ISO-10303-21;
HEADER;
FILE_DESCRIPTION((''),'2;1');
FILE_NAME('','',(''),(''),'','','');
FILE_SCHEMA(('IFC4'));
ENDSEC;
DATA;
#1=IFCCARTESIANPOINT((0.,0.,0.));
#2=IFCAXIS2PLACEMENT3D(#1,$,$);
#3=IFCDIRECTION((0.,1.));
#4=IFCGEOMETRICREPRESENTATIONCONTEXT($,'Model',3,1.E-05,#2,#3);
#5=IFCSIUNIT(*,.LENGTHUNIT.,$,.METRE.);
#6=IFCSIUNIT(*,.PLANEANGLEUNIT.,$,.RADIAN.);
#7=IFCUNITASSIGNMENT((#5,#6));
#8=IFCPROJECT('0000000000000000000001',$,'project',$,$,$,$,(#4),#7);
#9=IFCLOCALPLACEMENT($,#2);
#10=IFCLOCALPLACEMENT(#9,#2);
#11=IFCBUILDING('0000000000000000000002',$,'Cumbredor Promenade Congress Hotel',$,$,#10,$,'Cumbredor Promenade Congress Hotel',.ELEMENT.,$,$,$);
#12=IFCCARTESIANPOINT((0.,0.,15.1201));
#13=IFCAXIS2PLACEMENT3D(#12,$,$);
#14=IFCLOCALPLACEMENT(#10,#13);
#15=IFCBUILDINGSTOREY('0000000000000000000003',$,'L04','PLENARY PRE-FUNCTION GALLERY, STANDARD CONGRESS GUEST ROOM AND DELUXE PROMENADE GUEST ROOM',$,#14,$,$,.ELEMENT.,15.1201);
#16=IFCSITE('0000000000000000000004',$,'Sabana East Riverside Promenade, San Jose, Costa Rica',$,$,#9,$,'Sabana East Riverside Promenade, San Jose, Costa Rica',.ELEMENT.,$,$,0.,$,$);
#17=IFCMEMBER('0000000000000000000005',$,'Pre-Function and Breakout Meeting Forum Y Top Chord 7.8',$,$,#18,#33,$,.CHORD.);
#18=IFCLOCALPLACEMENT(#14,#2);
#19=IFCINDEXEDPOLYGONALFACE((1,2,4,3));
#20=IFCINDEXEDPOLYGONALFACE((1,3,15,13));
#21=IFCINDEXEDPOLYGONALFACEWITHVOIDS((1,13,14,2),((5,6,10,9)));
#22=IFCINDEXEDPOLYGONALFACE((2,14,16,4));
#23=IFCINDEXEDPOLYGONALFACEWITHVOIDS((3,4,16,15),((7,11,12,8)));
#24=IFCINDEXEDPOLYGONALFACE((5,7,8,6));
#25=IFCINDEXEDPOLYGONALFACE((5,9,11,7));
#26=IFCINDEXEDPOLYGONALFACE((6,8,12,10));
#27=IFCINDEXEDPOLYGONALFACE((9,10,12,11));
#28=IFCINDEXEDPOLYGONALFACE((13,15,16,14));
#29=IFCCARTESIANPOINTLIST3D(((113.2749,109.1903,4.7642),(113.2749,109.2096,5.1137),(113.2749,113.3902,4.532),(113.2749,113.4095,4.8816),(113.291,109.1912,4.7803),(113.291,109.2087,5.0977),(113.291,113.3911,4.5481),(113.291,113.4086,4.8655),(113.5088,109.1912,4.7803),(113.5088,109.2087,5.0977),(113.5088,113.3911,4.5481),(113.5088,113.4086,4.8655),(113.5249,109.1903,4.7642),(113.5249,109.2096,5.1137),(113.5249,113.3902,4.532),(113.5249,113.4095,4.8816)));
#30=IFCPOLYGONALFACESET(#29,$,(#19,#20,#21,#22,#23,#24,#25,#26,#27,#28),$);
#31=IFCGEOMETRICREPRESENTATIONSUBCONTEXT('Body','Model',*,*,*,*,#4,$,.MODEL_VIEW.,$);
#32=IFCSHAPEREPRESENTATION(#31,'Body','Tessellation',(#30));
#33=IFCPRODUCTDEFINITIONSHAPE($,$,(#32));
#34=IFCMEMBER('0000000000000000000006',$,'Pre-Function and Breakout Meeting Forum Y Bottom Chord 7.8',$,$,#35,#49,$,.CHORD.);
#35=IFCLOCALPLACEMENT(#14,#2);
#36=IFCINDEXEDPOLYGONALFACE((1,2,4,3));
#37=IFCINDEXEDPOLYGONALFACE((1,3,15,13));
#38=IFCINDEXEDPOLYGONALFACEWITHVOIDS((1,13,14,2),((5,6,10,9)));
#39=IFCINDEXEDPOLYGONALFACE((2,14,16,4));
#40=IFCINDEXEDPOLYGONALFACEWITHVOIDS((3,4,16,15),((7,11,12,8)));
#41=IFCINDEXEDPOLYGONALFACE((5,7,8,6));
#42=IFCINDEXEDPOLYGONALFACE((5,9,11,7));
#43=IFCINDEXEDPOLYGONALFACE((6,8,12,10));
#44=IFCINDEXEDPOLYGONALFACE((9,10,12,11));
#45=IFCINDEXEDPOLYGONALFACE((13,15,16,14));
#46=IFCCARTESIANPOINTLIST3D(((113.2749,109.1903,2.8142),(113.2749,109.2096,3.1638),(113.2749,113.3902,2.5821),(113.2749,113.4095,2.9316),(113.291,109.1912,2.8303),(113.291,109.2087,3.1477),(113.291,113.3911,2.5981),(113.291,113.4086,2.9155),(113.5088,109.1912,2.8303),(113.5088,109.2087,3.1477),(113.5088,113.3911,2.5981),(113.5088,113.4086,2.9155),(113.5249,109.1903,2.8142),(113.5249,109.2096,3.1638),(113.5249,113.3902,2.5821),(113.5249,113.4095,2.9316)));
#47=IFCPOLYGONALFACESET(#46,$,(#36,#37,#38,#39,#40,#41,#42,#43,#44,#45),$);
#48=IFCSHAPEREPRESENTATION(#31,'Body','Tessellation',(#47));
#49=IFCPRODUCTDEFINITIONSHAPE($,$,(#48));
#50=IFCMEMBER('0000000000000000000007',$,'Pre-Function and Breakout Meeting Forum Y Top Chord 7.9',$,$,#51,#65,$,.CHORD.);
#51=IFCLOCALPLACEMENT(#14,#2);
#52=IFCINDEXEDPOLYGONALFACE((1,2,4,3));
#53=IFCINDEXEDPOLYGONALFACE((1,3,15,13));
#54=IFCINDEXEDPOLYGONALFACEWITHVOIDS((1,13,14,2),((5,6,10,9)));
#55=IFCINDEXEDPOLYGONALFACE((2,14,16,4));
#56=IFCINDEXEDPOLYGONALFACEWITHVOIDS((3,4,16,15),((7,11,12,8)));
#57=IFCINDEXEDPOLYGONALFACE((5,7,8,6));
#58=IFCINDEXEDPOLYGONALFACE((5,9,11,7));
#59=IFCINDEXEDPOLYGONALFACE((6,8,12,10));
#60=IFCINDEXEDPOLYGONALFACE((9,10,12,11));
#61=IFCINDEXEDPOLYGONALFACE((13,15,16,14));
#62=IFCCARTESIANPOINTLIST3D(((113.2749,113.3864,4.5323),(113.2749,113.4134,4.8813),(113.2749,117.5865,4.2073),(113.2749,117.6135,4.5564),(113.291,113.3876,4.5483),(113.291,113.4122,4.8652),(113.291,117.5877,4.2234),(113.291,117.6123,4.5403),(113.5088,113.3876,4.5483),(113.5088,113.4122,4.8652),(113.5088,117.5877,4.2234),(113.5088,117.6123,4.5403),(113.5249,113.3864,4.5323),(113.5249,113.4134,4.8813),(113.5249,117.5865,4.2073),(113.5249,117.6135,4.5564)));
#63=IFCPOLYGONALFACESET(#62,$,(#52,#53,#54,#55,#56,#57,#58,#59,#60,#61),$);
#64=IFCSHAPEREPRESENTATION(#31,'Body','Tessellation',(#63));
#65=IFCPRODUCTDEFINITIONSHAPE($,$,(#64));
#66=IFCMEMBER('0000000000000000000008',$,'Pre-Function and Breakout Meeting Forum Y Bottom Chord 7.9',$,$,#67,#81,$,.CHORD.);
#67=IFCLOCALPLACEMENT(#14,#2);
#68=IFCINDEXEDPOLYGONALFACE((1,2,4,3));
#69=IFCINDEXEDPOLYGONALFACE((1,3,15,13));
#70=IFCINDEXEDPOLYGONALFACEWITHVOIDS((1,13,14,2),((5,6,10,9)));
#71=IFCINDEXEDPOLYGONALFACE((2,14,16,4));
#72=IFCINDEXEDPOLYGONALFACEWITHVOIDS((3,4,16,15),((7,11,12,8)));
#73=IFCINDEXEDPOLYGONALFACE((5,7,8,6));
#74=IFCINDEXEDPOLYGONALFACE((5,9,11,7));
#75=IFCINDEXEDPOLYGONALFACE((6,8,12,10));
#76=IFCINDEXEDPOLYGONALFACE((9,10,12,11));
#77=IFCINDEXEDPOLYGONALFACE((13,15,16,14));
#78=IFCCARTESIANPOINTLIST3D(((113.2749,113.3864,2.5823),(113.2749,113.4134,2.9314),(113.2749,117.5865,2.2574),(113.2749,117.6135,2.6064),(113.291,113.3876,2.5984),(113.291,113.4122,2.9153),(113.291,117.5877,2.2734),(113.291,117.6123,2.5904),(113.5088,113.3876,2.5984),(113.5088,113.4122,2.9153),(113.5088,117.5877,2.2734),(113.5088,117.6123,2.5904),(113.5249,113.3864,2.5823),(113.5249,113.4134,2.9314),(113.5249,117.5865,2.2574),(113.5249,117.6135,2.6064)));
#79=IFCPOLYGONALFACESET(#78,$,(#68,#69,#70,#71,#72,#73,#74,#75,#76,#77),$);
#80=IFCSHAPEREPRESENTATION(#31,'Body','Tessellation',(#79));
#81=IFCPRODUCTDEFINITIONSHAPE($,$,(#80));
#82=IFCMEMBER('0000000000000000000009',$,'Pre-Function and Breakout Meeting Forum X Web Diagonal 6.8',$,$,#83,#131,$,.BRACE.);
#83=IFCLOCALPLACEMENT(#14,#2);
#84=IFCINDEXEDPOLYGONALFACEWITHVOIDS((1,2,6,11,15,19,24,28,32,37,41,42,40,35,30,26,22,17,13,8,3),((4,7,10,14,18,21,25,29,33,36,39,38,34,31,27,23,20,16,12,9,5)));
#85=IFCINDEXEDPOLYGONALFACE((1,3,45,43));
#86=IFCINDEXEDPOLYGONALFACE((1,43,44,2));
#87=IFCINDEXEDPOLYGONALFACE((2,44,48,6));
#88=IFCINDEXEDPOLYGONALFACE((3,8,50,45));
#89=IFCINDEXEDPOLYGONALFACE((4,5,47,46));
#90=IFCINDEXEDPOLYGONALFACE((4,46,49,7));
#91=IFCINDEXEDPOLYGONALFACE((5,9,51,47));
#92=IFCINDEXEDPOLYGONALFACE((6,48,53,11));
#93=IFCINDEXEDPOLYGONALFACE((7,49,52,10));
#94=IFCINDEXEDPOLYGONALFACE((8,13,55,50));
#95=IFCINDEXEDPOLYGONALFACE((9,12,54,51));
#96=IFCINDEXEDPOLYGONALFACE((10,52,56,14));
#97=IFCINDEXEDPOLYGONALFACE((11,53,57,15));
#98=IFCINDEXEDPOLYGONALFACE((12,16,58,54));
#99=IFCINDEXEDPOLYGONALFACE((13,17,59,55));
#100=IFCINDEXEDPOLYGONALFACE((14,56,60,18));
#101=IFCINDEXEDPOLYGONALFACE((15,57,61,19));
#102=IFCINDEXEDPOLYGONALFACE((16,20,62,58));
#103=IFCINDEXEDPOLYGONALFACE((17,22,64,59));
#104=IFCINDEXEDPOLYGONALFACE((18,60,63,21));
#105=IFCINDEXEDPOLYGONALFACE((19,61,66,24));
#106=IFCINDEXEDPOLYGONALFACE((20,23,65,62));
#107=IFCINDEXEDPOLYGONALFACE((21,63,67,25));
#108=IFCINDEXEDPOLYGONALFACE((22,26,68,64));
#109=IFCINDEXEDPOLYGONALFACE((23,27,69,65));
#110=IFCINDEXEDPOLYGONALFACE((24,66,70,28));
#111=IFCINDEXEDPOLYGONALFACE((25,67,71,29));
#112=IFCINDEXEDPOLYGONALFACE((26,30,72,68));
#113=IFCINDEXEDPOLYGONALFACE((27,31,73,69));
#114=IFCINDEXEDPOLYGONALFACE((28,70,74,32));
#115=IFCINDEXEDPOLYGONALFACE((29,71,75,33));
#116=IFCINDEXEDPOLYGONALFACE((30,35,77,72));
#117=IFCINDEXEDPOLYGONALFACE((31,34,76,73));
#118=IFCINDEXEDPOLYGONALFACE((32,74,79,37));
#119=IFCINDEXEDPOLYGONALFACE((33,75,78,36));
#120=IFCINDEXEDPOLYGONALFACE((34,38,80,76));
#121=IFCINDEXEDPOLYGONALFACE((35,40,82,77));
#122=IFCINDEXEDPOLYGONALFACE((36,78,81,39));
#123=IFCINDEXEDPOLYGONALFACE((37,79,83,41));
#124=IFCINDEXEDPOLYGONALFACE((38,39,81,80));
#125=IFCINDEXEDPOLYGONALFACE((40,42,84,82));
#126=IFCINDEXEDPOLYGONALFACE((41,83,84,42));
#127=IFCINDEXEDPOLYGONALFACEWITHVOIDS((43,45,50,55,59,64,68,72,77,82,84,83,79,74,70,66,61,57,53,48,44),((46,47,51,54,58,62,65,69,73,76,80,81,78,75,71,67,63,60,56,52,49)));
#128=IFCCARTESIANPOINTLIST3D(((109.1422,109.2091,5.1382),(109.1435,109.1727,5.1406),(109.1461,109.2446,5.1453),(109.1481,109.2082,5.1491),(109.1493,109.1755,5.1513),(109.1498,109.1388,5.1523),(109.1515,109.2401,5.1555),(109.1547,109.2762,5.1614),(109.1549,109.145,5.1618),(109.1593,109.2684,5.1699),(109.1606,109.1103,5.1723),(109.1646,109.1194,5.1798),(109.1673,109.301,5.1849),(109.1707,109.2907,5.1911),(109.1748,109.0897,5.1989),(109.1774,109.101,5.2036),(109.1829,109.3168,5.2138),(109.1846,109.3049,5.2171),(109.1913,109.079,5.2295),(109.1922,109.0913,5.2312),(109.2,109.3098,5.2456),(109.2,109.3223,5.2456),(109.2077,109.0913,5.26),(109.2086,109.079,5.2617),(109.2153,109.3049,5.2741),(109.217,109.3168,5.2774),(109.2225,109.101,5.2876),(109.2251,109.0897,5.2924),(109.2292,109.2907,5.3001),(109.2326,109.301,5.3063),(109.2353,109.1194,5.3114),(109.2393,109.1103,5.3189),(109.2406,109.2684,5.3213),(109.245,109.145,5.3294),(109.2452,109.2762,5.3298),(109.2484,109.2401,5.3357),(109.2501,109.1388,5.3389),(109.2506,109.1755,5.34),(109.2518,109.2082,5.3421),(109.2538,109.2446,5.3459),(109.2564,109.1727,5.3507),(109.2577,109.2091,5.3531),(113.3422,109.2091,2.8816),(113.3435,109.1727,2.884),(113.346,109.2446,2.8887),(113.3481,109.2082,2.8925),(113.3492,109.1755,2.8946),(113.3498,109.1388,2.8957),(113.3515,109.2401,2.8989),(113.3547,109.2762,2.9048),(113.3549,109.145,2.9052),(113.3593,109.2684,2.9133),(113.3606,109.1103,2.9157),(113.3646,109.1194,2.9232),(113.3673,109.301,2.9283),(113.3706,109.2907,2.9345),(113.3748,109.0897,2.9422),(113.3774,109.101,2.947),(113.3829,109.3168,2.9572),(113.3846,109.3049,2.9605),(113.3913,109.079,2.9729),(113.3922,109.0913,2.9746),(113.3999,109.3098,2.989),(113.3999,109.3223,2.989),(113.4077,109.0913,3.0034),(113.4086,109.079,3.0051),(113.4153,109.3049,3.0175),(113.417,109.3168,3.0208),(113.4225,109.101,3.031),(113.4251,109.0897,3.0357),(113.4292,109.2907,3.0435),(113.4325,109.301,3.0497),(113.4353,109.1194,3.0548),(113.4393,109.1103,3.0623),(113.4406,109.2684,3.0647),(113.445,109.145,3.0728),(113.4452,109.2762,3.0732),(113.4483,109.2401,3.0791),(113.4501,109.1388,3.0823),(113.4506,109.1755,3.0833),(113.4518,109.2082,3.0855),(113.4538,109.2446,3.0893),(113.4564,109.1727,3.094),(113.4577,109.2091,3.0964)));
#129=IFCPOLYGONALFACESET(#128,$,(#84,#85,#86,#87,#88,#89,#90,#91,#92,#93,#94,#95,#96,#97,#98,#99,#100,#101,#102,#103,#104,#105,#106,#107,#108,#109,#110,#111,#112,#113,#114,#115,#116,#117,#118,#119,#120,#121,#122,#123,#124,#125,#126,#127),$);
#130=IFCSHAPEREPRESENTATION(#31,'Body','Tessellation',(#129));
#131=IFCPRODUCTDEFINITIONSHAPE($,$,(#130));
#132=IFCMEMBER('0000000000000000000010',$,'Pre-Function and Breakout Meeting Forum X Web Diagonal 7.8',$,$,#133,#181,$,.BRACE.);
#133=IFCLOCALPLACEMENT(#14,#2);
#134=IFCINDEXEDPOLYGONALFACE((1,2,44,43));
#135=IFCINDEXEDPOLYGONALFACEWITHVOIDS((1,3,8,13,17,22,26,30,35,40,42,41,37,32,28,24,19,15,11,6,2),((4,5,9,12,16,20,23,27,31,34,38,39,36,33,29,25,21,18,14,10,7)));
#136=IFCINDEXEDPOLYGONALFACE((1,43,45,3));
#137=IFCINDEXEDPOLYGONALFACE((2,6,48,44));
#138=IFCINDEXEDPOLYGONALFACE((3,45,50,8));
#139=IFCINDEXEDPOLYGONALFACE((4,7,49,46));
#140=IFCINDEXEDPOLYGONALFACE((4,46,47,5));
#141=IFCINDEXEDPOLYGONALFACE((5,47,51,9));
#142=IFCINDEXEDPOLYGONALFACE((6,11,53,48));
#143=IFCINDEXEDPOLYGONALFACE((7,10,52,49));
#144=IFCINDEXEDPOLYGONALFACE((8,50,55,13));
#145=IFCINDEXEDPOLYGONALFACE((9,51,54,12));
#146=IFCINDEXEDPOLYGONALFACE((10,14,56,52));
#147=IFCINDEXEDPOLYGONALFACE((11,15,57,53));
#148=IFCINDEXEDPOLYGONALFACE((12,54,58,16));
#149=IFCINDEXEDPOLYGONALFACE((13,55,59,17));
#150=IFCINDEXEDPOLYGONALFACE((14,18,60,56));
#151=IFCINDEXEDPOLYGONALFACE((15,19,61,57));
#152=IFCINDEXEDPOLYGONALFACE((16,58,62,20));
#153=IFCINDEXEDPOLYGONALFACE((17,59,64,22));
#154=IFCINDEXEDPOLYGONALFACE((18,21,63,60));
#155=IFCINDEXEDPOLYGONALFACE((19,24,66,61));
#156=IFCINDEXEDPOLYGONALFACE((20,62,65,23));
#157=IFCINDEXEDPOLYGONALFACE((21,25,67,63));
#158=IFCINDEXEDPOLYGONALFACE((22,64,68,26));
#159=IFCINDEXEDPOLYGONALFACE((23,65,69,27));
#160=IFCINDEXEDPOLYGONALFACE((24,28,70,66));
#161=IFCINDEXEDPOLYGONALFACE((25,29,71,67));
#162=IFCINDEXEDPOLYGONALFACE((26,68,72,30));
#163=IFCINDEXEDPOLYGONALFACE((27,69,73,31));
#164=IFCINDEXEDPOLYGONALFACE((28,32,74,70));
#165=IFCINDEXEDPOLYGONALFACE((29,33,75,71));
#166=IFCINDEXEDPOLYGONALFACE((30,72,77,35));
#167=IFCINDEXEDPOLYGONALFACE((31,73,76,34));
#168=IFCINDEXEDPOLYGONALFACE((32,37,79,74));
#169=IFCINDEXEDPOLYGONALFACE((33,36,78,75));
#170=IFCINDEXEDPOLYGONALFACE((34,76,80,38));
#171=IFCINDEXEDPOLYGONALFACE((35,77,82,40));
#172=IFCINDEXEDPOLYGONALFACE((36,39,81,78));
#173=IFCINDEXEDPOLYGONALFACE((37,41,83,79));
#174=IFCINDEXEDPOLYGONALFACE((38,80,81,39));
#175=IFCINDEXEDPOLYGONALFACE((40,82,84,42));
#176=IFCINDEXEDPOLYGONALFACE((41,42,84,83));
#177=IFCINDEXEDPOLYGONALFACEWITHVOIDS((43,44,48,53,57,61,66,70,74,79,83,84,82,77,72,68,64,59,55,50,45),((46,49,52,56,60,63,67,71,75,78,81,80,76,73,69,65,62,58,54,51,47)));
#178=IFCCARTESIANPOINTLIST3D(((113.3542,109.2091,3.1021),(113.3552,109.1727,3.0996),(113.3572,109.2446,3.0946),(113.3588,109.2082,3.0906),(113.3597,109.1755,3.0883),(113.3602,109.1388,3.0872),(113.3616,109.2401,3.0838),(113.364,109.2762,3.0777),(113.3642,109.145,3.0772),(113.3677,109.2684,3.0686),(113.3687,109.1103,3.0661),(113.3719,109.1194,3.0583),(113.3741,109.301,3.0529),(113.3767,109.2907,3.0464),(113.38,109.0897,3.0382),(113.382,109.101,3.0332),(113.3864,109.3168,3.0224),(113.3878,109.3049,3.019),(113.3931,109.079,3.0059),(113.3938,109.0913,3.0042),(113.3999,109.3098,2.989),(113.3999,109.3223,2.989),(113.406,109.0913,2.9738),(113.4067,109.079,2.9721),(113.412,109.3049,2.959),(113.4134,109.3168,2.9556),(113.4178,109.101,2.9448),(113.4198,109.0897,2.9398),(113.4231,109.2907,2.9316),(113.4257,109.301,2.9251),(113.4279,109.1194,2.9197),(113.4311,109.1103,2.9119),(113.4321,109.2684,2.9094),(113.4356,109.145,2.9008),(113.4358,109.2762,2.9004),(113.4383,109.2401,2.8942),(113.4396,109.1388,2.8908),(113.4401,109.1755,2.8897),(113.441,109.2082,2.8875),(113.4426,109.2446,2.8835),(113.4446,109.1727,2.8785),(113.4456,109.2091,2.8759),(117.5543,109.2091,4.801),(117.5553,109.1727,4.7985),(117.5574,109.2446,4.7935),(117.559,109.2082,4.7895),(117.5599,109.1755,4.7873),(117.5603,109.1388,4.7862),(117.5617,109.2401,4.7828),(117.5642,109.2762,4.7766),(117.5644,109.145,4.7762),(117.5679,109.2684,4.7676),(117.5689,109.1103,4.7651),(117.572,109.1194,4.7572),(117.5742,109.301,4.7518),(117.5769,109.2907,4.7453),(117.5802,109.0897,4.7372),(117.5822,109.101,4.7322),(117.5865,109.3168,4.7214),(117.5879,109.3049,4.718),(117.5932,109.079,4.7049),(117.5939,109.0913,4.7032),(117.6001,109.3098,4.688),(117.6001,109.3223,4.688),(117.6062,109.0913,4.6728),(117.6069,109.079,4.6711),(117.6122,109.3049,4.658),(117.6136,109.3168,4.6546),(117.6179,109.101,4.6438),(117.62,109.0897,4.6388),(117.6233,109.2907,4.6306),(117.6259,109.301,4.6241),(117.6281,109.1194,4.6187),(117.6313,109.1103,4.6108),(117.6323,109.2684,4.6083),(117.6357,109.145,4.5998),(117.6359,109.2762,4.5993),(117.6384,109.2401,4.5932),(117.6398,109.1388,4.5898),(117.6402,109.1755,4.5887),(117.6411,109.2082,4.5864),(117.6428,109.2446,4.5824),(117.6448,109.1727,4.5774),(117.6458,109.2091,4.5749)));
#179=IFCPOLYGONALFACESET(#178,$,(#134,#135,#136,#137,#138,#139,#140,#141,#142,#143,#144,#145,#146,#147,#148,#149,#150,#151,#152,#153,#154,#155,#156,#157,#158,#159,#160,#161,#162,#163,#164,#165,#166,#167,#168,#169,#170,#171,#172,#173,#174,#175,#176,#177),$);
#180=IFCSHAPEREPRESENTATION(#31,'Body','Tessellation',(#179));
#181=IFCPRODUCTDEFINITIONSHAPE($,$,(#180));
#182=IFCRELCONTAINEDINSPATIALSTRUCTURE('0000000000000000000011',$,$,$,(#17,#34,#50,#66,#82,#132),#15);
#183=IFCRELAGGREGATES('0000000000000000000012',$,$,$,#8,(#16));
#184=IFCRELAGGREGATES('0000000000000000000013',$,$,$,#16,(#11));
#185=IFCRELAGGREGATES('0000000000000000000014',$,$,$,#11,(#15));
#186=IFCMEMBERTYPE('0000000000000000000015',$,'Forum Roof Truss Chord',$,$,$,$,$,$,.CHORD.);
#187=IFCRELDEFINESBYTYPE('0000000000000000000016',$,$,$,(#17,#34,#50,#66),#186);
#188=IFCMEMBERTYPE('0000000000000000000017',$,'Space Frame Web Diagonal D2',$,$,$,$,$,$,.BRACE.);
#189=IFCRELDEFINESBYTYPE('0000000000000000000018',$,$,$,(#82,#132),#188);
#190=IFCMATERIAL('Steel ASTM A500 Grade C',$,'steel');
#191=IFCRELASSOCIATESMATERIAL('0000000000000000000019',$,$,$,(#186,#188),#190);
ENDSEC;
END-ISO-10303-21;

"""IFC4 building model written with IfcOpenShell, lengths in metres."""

from ifc_helpers import new_model, si_unit, direction, frame, origin, origin_2d, place, context, subcontext, project, spatial, hollow_rectangle, hollow_circle, extrude, material, material_profile, profile_set, type_object, element, save


model = new_model("IFC4")

# Units and contexts
model_context = context("Model", 3, precision=1e-05, world=origin(), true_north=direction((0.0, 1.0)))
body_context = subcontext(model_context, "Body", "Model", "MODEL_VIEW")
ifc_project = project(units=[si_unit("LENGTHUNIT", "METRE"), si_unit("PLANEANGLEUNIT", "RADIAN")], contexts=[model_context])

# Site, building, storey
site_placement = place(None, origin())
site = spatial("IfcSite", under=ifc_project, at=site_placement, Name="Sabana East Riverside Promenade, San Jose, Costa Rica", LongName="Sabana East Riverside Promenade, San Jose, Costa Rica", CompositionType="ELEMENT", RefElevation=0.0)
building_placement = place(site_placement, origin())
building = spatial("IfcBuilding", under=site, at=building_placement, Name="Cumbredor Promenade Congress Hotel", LongName="Cumbredor Promenade Congress Hotel", CompositionType="ELEMENT")
storey_placement = place(building_placement, frame((0.0, 0.0, 15.1201)))
storey = spatial("IfcBuildingStorey", under=building, at=storey_placement, Name="L04", Description="PLENARY PRE-FUNCTION GALLERY, STANDARD CONGRESS GUEST ROOM AND DELUXE PROMENADE GUEST ROOM", CompositionType="ELEMENT", Elevation=15.1201)

# Members
ifc_material_1 = material(Name="Steel ASTM A500 Grade C", Category="steel")
ifc_material_profile_1 = material_profile(ifc_material_1, hollow_rectangle(XDim=0.25, YDim=0.3501, WallThickness=0.0161, at=origin_2d()), Name="HSS 350x250x16")
ifc_profile_set_1 = profile_set([ifc_material_profile_1], Name="Steel ASTM A500 Grade C")
member_type_1 = type_object("IfcMemberType", Name="Forum Roof Truss Chord", PredefinedType="CHORD", material=ifc_profile_set_1)
for number, where, z_axis, x_axis, name in (
    (1, (113.3999, 109.2, 4.939), (0.0, 0.998475, -0.055197), (-1.0, 0.0, 0.0), "Pre-Function and Breakout Meeting Forum Y Top Chord 7.8"),
    (2, (113.3999, 109.2, 2.989), (0.0, 0.998475, -0.055197), (-1.0, 0.0, 0.0), "Pre-Function and Breakout Meeting Forum Y Bottom Chord 7.8"),
):
    element("IfcMember", number, at=place(storey_placement, frame(where, z_axis=z_axis, x_axis=x_axis)), inside=storey, type_object=member_type_1, Name=name, PredefinedType="CHORD", context=body_context, shape_type="SweptSolid", body=[
        extrude(hollow_rectangle(XDim=0.25, YDim=0.3501, WallThickness=0.0161, at=origin_2d()), origin(), (0.0, 0.0, 1.0), 4.2063),
    ])
for number, where, z_axis, x_axis, name in (
    (3, (113.3999, 113.3999, 4.7068), (0.0, 0.997021, -0.077135), (-1.0, 0.0, 0.0), "Pre-Function and Breakout Meeting Forum Y Top Chord 7.9"),
    (4, (113.3999, 113.3999, 2.7568), (0.0, 0.997021, -0.077135), (-1.0, 0.0, 0.0), "Pre-Function and Breakout Meeting Forum Y Bottom Chord 7.9"),
):
    element("IfcMember", number, at=place(storey_placement, frame(where, z_axis=z_axis, x_axis=x_axis)), inside=storey, type_object=member_type_1, Name=name, PredefinedType="CHORD", context=body_context, shape_type="SweptSolid", body=[
        extrude(hollow_rectangle(XDim=0.25, YDim=0.3501, WallThickness=0.0161, at=origin_2d()), origin(), (0.0, 0.0, 1.0), 4.2126),
    ])
ifc_material_profile_2 = material_profile(ifc_material_1, hollow_circle(Radius=0.1223, WallThickness=0.0125, at=origin_2d()), Name="CHS 244.5x12.5")
ifc_profile_set_2 = profile_set([ifc_material_profile_2], Name="Steel ASTM A500 Grade C")
member_type_2 = type_object("IfcMemberType", Name="Space Frame Web Diagonal D2", PredefinedType="BRACE", material=ifc_profile_set_2)
member_1_placement = place(storey_placement, frame((109.2, 109.2, 5.2456), z_axis=(0.880902, 0.0, -0.4733), x_axis=(0.0, 1.0, 0.0)))
element("IfcMember", 5, at=member_1_placement, inside=storey, type_object=member_type_2, Name="Pre-Function and Breakout Meeting Forum X Web Diagonal 6.8", PredefinedType="BRACE", context=body_context, shape_type="SweptSolid", body=[
    extrude(hollow_circle(Radius=0.1223, WallThickness=0.0125, at=origin_2d()), origin(), (0.0, 0.0, 1.0), 4.7678),
])
member_2_placement = place(storey_placement, frame((113.3999, 109.2, 2.989), z_axis=(0.927032, 0.0, 0.374983), x_axis=(0.0, 1.0, 0.0)))
element("IfcMember", 6, at=member_2_placement, inside=storey, type_object=member_type_2, Name="Pre-Function and Breakout Meeting Forum X Web Diagonal 7.8", PredefinedType="BRACE", context=body_context, shape_type="SweptSolid", body=[
    extrude(hollow_circle(Radius=0.1223, WallThickness=0.0125, at=origin_2d()), origin(), (0.0, 0.0, 1.0), 4.5308),
])

save(model, "model.ifc")
